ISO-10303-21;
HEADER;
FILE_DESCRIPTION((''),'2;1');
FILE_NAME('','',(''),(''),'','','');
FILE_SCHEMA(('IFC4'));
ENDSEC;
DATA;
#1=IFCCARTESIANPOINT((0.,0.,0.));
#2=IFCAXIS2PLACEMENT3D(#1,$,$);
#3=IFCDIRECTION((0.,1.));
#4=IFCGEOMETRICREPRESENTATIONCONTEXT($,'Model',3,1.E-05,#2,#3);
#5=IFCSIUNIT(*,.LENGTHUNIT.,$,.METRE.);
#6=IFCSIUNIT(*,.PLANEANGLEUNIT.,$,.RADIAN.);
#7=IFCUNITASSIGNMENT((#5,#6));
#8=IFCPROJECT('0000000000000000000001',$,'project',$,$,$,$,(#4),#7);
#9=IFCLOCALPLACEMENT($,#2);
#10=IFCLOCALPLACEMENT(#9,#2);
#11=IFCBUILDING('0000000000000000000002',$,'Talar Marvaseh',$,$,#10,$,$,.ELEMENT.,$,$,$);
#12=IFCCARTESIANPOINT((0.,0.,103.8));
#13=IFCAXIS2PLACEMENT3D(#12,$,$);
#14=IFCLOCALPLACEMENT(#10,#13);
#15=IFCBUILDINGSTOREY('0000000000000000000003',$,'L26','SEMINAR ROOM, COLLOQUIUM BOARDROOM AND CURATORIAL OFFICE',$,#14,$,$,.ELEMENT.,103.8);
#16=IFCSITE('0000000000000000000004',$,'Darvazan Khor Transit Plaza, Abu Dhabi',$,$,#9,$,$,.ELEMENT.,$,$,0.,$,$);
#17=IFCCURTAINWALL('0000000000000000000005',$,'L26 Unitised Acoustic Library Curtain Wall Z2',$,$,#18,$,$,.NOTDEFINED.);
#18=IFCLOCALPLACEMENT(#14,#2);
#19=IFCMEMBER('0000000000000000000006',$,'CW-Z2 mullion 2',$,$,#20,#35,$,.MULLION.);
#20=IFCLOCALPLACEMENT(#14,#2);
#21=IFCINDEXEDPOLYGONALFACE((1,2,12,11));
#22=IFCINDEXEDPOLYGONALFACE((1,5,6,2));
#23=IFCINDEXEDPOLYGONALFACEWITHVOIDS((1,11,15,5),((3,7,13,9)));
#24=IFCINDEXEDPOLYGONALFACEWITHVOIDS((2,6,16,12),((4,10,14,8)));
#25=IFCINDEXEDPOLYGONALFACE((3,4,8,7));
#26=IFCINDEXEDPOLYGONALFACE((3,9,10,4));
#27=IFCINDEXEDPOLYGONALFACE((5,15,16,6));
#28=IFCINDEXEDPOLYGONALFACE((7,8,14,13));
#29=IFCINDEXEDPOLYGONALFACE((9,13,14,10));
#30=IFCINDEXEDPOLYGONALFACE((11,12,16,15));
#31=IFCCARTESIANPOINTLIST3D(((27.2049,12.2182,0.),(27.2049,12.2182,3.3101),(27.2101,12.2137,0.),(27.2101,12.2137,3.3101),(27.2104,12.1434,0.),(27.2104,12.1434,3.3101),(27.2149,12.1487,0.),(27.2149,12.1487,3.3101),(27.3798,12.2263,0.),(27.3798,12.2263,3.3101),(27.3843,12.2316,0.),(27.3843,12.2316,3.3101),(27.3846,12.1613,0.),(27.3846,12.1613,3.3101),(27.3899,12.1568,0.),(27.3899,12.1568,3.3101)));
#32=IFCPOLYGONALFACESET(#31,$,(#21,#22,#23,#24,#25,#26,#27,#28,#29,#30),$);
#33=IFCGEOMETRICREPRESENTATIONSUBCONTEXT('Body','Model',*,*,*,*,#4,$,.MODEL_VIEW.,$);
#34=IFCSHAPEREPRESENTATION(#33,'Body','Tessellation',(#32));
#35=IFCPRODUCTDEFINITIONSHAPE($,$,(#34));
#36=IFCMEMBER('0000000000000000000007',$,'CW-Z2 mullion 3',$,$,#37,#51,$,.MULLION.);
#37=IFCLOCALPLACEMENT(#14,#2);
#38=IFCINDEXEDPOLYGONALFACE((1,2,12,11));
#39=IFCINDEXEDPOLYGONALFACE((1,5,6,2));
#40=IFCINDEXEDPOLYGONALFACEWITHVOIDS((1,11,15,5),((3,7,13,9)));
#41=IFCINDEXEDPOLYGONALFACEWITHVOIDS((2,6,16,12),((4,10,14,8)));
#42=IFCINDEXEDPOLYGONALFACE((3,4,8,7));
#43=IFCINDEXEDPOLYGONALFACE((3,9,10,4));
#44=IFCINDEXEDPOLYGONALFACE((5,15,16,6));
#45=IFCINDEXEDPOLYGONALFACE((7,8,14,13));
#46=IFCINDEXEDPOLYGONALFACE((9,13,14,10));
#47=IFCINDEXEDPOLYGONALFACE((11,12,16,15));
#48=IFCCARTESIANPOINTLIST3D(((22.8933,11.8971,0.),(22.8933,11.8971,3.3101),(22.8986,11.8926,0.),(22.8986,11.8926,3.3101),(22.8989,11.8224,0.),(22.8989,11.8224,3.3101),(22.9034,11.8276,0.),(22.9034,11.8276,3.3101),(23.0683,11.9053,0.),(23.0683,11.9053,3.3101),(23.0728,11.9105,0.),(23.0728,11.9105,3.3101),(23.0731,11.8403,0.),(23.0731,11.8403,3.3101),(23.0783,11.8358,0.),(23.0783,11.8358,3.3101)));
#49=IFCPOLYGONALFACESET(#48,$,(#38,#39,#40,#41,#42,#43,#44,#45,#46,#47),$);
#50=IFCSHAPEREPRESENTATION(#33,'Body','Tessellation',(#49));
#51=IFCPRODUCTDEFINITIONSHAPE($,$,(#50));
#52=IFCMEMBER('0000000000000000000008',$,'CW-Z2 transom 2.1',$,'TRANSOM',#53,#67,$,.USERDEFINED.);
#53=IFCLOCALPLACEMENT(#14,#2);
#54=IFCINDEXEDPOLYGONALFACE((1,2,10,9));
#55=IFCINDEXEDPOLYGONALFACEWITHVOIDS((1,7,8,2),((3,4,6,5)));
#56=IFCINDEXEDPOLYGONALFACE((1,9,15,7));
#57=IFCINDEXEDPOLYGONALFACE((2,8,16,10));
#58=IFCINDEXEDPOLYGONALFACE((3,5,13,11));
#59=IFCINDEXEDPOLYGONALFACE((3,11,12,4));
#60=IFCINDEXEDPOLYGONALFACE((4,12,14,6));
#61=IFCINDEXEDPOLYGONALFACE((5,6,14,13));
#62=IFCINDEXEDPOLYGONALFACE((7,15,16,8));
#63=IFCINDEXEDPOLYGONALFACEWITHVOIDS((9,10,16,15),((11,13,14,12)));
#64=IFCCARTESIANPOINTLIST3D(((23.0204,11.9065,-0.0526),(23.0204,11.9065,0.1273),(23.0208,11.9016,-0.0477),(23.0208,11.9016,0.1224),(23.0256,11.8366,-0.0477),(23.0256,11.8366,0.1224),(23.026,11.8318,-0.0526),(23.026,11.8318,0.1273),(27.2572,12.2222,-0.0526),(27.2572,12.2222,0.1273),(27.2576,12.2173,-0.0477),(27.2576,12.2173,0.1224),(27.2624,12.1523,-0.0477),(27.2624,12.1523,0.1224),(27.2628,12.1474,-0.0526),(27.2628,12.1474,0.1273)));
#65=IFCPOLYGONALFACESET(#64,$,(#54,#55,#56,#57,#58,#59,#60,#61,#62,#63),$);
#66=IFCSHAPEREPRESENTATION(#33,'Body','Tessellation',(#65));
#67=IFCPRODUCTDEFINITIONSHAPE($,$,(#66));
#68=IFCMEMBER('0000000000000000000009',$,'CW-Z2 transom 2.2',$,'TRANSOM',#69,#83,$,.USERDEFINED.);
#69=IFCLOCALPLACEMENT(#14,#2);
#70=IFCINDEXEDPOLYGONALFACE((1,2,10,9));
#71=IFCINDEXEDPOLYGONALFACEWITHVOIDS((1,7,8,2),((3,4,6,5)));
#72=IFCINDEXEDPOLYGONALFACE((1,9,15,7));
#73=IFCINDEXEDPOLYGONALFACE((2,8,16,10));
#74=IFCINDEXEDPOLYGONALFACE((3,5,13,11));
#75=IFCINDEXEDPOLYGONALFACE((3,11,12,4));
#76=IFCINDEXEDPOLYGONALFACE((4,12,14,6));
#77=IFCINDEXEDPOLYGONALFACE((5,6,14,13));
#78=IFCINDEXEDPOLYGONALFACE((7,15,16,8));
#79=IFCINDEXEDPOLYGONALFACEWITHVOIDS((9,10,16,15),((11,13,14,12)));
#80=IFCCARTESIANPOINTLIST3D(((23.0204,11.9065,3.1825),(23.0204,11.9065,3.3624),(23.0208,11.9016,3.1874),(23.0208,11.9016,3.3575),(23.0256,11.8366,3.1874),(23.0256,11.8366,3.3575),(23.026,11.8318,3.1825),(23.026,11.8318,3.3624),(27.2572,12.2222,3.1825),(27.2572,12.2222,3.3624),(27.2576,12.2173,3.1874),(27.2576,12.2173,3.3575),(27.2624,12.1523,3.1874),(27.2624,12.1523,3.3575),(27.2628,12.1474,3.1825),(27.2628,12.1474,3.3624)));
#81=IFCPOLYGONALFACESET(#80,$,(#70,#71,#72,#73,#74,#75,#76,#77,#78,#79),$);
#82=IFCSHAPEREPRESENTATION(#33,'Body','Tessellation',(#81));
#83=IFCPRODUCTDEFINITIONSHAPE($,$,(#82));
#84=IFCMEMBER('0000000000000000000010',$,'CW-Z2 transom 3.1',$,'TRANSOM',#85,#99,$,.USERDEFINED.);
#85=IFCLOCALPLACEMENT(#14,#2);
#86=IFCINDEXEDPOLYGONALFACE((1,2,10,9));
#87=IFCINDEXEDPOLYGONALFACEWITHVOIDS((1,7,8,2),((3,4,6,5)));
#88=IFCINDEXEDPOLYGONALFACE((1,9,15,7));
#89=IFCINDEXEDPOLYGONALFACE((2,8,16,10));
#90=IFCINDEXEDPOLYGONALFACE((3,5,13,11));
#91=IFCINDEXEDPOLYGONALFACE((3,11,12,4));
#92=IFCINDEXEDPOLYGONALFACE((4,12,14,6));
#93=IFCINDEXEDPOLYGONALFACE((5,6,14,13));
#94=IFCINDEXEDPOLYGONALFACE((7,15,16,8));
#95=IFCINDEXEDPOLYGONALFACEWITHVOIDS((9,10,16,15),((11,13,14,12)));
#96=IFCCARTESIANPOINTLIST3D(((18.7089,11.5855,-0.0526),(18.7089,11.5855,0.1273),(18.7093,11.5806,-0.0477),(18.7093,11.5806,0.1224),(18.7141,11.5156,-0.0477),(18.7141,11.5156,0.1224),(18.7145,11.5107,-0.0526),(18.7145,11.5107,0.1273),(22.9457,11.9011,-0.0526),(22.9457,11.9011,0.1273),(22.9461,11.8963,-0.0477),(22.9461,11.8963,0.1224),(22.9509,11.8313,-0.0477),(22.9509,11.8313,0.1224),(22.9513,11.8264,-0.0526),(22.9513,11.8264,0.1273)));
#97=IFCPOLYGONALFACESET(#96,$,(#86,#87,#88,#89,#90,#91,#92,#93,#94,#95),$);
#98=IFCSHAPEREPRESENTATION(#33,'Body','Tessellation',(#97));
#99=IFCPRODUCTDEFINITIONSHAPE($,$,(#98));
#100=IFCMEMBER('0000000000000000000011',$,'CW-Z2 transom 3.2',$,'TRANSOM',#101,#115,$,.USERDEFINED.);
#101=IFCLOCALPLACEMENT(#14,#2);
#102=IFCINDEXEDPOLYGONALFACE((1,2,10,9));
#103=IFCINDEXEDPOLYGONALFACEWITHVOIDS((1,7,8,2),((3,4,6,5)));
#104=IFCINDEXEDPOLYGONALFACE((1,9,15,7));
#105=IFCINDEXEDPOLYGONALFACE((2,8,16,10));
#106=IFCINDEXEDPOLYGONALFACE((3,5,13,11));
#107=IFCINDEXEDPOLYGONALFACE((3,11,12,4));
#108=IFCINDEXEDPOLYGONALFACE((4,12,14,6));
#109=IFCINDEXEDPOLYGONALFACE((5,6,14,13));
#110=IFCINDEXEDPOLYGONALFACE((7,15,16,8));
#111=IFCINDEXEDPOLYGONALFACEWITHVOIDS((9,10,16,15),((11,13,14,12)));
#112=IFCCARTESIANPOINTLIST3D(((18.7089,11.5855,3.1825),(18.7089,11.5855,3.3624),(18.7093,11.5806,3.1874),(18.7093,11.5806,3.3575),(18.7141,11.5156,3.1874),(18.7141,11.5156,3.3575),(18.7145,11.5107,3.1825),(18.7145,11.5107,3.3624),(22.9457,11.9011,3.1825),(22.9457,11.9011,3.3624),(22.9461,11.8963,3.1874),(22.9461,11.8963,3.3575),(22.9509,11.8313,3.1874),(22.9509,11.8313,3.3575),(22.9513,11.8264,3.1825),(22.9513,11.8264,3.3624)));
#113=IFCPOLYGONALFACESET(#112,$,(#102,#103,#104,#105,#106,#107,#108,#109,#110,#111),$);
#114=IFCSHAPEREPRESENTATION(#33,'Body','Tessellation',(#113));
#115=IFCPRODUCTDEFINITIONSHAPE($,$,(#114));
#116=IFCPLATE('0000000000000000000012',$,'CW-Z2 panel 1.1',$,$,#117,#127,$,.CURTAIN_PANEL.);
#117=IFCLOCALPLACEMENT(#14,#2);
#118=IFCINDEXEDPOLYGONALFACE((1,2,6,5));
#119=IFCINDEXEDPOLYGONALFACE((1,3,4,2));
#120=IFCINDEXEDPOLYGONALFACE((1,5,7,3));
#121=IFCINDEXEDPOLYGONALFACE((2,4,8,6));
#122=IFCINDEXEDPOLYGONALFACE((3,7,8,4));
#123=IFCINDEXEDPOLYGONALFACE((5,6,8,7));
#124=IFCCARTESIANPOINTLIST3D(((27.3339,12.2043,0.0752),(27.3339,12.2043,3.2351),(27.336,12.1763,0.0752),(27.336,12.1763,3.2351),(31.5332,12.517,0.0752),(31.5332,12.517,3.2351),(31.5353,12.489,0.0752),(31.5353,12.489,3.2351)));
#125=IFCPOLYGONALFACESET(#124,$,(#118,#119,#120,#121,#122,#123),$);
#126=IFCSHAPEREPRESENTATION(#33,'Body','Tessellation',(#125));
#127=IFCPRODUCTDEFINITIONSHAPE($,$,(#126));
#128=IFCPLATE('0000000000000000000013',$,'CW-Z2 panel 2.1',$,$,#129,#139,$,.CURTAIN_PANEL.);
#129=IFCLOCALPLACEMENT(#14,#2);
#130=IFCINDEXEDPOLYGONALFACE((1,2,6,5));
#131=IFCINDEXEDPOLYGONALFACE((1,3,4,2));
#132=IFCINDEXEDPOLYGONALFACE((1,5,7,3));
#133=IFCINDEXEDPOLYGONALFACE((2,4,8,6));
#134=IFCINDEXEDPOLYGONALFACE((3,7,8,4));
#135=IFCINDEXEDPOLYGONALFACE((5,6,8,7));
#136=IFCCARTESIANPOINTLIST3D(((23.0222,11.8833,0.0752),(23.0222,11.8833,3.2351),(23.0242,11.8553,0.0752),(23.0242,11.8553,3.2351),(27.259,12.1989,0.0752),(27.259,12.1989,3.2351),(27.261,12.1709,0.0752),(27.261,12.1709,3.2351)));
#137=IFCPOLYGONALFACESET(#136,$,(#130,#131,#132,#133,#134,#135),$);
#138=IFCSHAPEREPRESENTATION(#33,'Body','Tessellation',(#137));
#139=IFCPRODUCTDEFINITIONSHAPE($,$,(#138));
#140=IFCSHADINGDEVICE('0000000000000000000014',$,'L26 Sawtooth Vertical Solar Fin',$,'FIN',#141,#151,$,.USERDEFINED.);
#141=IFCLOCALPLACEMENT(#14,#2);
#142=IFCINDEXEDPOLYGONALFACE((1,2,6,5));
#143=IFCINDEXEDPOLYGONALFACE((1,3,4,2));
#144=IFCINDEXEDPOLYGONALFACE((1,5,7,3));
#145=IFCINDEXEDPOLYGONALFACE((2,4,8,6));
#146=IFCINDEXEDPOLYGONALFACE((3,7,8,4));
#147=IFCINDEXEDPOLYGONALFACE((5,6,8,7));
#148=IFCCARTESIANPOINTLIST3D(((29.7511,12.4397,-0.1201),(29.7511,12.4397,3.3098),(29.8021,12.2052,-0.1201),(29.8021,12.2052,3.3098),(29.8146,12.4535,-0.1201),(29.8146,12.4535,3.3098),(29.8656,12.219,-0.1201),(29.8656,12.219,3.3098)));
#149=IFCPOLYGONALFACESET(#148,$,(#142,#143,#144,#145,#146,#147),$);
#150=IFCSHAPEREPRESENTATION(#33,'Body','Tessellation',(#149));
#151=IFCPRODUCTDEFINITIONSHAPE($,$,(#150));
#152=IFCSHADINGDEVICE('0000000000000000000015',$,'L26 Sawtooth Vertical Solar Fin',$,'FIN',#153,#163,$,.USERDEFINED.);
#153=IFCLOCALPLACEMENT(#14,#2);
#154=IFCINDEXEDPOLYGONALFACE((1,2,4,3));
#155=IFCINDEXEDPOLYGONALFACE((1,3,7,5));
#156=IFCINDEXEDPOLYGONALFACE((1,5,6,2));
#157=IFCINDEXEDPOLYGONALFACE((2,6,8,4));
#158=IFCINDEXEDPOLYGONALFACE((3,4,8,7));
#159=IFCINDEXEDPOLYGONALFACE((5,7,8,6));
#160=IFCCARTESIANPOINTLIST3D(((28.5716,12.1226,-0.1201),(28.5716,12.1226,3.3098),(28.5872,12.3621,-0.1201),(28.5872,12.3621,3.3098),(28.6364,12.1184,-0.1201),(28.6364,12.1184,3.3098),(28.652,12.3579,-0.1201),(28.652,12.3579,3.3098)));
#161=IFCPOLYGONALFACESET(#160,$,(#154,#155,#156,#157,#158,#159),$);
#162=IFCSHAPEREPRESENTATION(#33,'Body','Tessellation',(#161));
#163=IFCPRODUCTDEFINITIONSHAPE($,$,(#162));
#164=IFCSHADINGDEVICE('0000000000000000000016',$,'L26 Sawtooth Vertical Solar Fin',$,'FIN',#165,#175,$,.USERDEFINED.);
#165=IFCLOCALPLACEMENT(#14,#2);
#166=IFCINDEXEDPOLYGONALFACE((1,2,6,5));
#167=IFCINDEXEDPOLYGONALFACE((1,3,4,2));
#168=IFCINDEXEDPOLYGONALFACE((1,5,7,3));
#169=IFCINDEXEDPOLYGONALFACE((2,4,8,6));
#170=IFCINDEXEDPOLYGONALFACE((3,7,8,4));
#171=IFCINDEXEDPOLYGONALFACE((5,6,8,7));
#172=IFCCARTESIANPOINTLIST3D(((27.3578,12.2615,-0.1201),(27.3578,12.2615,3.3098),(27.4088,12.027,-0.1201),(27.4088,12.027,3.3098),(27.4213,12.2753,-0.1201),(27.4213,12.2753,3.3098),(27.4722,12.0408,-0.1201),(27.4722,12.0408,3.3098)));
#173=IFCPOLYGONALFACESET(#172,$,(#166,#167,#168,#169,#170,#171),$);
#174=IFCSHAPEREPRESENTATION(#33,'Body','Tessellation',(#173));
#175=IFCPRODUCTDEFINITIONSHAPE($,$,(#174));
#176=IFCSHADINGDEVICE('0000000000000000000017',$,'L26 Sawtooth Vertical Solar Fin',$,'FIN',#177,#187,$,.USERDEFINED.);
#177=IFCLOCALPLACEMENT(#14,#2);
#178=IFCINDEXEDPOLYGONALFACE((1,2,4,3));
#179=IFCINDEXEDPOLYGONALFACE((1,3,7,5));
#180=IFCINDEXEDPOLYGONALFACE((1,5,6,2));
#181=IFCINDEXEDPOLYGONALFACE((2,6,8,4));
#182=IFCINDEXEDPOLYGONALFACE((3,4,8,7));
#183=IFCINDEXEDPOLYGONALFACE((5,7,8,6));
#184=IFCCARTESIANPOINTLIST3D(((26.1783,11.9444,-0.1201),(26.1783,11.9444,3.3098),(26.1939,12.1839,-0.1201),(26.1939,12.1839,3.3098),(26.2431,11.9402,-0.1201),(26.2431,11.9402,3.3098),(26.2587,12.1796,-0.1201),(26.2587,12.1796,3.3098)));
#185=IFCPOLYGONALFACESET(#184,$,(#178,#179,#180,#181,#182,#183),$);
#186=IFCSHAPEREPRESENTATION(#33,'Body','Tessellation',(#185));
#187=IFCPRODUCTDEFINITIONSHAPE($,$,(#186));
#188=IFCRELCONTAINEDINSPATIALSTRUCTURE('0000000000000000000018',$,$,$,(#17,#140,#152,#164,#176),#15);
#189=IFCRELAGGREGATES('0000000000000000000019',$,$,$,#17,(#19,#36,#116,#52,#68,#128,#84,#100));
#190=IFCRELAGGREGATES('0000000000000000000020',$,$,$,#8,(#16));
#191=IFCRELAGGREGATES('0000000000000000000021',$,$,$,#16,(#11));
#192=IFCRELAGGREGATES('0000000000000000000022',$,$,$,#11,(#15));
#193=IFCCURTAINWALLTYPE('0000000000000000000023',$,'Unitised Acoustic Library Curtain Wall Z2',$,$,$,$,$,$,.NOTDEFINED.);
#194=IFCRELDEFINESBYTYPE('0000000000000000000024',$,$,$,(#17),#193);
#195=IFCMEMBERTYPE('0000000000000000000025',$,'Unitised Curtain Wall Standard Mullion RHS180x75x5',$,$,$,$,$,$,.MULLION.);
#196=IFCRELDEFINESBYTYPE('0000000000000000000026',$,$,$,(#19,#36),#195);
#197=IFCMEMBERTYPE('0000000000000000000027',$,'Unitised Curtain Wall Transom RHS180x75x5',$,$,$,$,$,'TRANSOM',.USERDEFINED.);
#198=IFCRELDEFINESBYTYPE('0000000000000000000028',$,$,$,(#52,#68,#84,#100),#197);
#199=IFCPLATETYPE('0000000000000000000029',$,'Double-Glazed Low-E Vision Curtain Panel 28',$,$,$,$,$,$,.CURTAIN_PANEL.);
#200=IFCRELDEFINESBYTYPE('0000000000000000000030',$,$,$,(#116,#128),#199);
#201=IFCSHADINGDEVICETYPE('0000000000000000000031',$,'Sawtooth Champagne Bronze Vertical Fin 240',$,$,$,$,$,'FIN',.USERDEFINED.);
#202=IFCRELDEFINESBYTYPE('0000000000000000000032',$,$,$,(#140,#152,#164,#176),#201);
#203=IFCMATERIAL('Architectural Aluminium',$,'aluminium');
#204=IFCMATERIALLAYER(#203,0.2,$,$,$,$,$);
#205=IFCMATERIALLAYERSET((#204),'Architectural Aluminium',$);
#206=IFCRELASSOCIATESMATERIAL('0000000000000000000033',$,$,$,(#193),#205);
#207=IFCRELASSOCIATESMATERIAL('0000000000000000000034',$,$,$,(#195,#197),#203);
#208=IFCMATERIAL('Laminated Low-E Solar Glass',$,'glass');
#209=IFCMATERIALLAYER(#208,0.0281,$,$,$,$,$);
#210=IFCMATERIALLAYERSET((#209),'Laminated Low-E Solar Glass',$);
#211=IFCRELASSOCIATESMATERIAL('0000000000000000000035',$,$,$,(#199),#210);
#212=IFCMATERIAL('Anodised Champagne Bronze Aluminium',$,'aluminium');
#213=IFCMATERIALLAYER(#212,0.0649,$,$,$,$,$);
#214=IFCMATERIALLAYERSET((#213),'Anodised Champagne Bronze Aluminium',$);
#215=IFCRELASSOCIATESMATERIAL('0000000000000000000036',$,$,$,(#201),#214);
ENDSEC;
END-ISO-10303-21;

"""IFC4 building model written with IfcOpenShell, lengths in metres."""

from ifc_helpers import new_model, si_unit, direction, frame, origin, origin_2d, place, context, subcontext, project, spatial, rectangle, hollow_rectangle, extrude, source, transform, mapped, material, layer, layer_set, material_profile, profile_set, type_object, type_shapes, element, aggregate, save


model = new_model("IFC4")

# Units and contexts
model_context = context("Model", 3, precision=1e-05, world=origin(), true_north=direction((0.0, 1.0)))
body_context = subcontext(model_context, "Body", "Model", "MODEL_VIEW")
ifc_project = project(units=[si_unit("LENGTHUNIT", "METRE"), si_unit("PLANEANGLEUNIT", "RADIAN")], contexts=[model_context])

# Site, building, storey
site_placement = place(None, origin())
site = spatial("IfcSite", under=ifc_project, at=site_placement, Name="Darvazan Khor Transit Plaza, Abu Dhabi", CompositionType="ELEMENT", RefElevation=0.0)
building_placement = place(site_placement, origin())
building = spatial("IfcBuilding", under=site, at=building_placement, Name="Talar Marvaseh", CompositionType="ELEMENT")
storey_placement = place(building_placement, frame((0.0, 0.0, 103.8)))
storey = spatial("IfcBuildingStorey", under=building, at=storey_placement, Name="L26", Description="SEMINAR ROOM, COLLOQUIUM BOARDROOM AND CURATORIAL OFFICE", CompositionType="ELEMENT", Elevation=103.8)

# Curtain wall, members, plates
ifc_material_1 = material(Name="Architectural Aluminium", Category="aluminium")
ifc_layer_1 = layer(ifc_material_1, 0.2)
ifc_layer_set_1 = layer_set([ifc_layer_1], Name="Architectural Aluminium")
curtain_wall_type = type_object("IfcCurtainWallType", Name="Unitised Acoustic Library Curtain Wall Z2", PredefinedType="NOTDEFINED", material=ifc_layer_set_1)
curtain_wall_placement = place(storey_placement, origin())
curtain_wall = element("IfcCurtainWall", 1, at=curtain_wall_placement, inside=storey, type_object=curtain_wall_type, Name="L26 Unitised Acoustic Library Curtain Wall Z2", PredefinedType="NOTDEFINED")
ifc_material_profile_1 = material_profile(ifc_material_1, hollow_rectangle(XDim=0.075, YDim=0.1799, WallThickness=0.0049, at=origin_2d()), Name="RHS180x75x5")
ifc_profile_set_1 = profile_set([ifc_material_profile_1], Name="Architectural Aluminium")
member_type_1 = type_object("IfcMemberType", Name="Unitised Curtain Wall Standard Mullion RHS180x75x5", PredefinedType="MULLION", material=ifc_profile_set_1)
shared_shape_1 = source(origin(), body_context, "Body", "SweptSolid", [
    extrude(hollow_rectangle(XDim=0.075, YDim=0.1799, WallThickness=0.0049, at=origin_2d()), origin(), (0.0, 0.0, 1.0), 3.3101),
])
type_shapes(member_type_1, [shared_shape_1])
member_1_placement = place(storey_placement, frame((27.2974, 12.1875, 0.0), z_axis=(0.0, 0.0, 1.0), x_axis=(0.074263, -0.997239, 0.0)))
member_1 = element("IfcMember", 2, at=member_1_placement, type_object=member_type_1, Name="CW-Z2 mullion 2", PredefinedType="MULLION", context=body_context, shape_type="MappedRepresentation", body=[
    mapped(shared_shape_1, transform((0.0, 0.0, 0.0), x_axis=(1.0, 0.0, 0.0), y_axis=(0.0, 1.0, 0.0), z_axis=(0.0, 0.0, 1.0), scale=1.0)),
])
member_2_placement = place(storey_placement, frame((22.9858, 11.8665, 0.0), z_axis=(0.0, 0.0, 1.0), x_axis=(0.074263, -0.997239, 0.0)))
member_2 = element("IfcMember", 3, at=member_2_placement, type_object=member_type_1, Name="CW-Z2 mullion 3", PredefinedType="MULLION", context=body_context, shape_type="MappedRepresentation", body=[
    mapped(shared_shape_1, transform((0.0, 0.0, 0.0), x_axis=(1.0, 0.0, 0.0), y_axis=(0.0, 1.0, 0.0), z_axis=(0.0, 0.0, 1.0), scale=1.0)),
])
ifc_material_profile_2 = material_profile(ifc_material_1, hollow_rectangle(XDim=0.075, YDim=0.1799, WallThickness=0.0049, at=origin_2d()), Name="RHS180x75x5")
ifc_profile_set_2 = profile_set([ifc_material_profile_2], Name="Architectural Aluminium")
member_type_2 = type_object("IfcMemberType", Name="Unitised Curtain Wall Transom RHS180x75x5", ElementType="TRANSOM", PredefinedType="USERDEFINED", material=ifc_profile_set_2)
shared_shape_2 = source(origin(), body_context, "Body", "SweptSolid", [
    extrude(hollow_rectangle(XDim=0.075, YDim=0.1799, WallThickness=0.0049, at=origin_2d()), origin(), (0.0, 0.0, 1.0), 4.2485),
])
type_shapes(member_type_2, [shared_shape_2])
member_3_placement = place(storey_placement, frame((27.26, 12.1848, 0.0374), z_axis=(-0.997236, -0.074301, 0.0), x_axis=(0.074301, -0.997236, 0.0)))
member_3 = element("IfcMember", 4, at=member_3_placement, type_object=member_type_2, Name="CW-Z2 transom 2.1", ObjectType="TRANSOM", PredefinedType="USERDEFINED", context=body_context, shape_type="MappedRepresentation", body=[
    mapped(shared_shape_2, transform((0.0, 0.0, 0.0), x_axis=(1.0, 0.0, 0.0), y_axis=(0.0, 1.0, 0.0), z_axis=(0.0, 0.0, 1.0), scale=1.0)),
])
member_4_placement = place(storey_placement, frame((27.26, 12.1848, 3.2725), z_axis=(-0.997236, -0.074301, 0.0), x_axis=(0.074301, -0.997236, 0.0)))
member_4 = element("IfcMember", 5, at=member_4_placement, type_object=member_type_2, Name="CW-Z2 transom 2.2", ObjectType="TRANSOM", PredefinedType="USERDEFINED", context=body_context, shape_type="MappedRepresentation", body=[
    mapped(shared_shape_2, transform((0.0, 0.0, 0.0), x_axis=(1.0, 0.0, 0.0), y_axis=(0.0, 1.0, 0.0), z_axis=(0.0, 0.0, 1.0), scale=1.0)),
])
member_5_placement = place(storey_placement, frame((22.9485, 11.8638, 0.0374), z_axis=(-0.997236, -0.074301, 0.0), x_axis=(0.074301, -0.997236, 0.0)))
member_5 = element("IfcMember", 6, at=member_5_placement, type_object=member_type_2, Name="CW-Z2 transom 3.1", ObjectType="TRANSOM", PredefinedType="USERDEFINED", context=body_context, shape_type="MappedRepresentation", body=[
    mapped(shared_shape_2, transform((0.0, 0.0, 0.0), x_axis=(1.0, 0.0, 0.0), y_axis=(0.0, 1.0, 0.0), z_axis=(0.0, 0.0, 1.0), scale=1.0)),
])
member_6_placement = place(storey_placement, frame((22.9485, 11.8638, 3.2725), z_axis=(-0.997236, -0.074301, 0.0), x_axis=(0.074301, -0.997236, 0.0)))
member_6 = element("IfcMember", 7, at=member_6_placement, type_object=member_type_2, Name="CW-Z2 transom 3.2", ObjectType="TRANSOM", PredefinedType="USERDEFINED", context=body_context, shape_type="MappedRepresentation", body=[
    mapped(shared_shape_2, transform((0.0, 0.0, 0.0), x_axis=(1.0, 0.0, 0.0), y_axis=(0.0, 1.0, 0.0), z_axis=(0.0, 0.0, 1.0), scale=1.0)),
])
ifc_material_2 = material(Name="Laminated Low-E Solar Glass", Category="glass")
ifc_layer_2 = layer(ifc_material_2, 0.0281)
ifc_layer_set_2 = layer_set([ifc_layer_2], Name="Laminated Low-E Solar Glass")
plate_type = type_object("IfcPlateType", Name="Double-Glazed Low-E Vision Curtain Panel 28", PredefinedType="CURTAIN_PANEL", material=ifc_layer_set_2)
shared_shape_3 = source(origin(), body_context, "Body", "SweptSolid", [
    extrude(rectangle(XDim=4.2109, YDim=0.0281, at=origin_2d()), origin(), (0.0, 0.0, 1.0), 3.1599),
])
plate_1_placement = place(storey_placement, frame((29.4346, 12.3467, 0.0752), z_axis=(0.0, 0.0, 1.0), x_axis=(-0.997239, -0.074263, 0.0)))
plate_1 = element("IfcPlate", 8, at=plate_1_placement, type_object=plate_type, Name="CW-Z2 panel 1.1", PredefinedType="CURTAIN_PANEL", context=body_context, shape_type="MappedRepresentation", body=[
    mapped(shared_shape_3, transform((0.0, 0.0, 0.0), x_axis=(1.0, 0.0, 0.0), y_axis=(0.0, 1.0, 0.0), z_axis=(0.0, 0.0, 1.0), scale=1.0)),
])
shared_shape_4 = source(origin(), body_context, "Body", "SweptSolid", [
    extrude(rectangle(XDim=4.2485, YDim=0.0281, at=origin_2d()), origin(), (0.0, 0.0, 1.0), 3.1599),
])
type_shapes(plate_type, [shared_shape_3, shared_shape_4])
plate_2_placement = place(storey_placement, frame((25.1416, 12.0271, 0.0752), z_axis=(0.0, 0.0, 1.0), x_axis=(-0.997239, -0.074263, 0.0)))
plate_2 = element("IfcPlate", 9, at=plate_2_placement, type_object=plate_type, Name="CW-Z2 panel 2.1", PredefinedType="CURTAIN_PANEL", context=body_context, shape_type="MappedRepresentation", body=[
    mapped(shared_shape_4, transform((0.0, 0.0, 0.0), x_axis=(1.0, 0.0, 0.0), y_axis=(0.0, 1.0, 0.0), z_axis=(0.0, 0.0, 1.0), scale=1.0)),
])
aggregate(curtain_wall, [member_1, member_2, plate_1, member_3, member_4, plate_2, member_5, member_6])

# Shading devices
ifc_material_3 = material(Name="Anodised Champagne Bronze Aluminium", Category="aluminium")
ifc_layer_3 = layer(ifc_material_3, 0.0649)
ifc_layer_set_3 = layer_set([ifc_layer_3], Name="Anodised Champagne Bronze Aluminium")
shading_device_type = type_object("IfcShadingDeviceType", Name="Sawtooth Champagne Bronze Vertical Fin 240", ElementType="FIN", PredefinedType="USERDEFINED", material=ifc_layer_set_3)
shared_shape_5 = source(origin(), body_context, "Body", "SweptSolid", [
    extrude(rectangle(XDim=0.24, YDim=0.0649, at=origin_2d()), origin(), (0.0, 0.0, 1.0), 3.4299),
])
type_shapes(shading_device_type, [shared_shape_5])
for number, where, z_axis, x_axis, name in (
    (10, (29.8083, 12.3293, -0.1201), (0.0, 0.0, 1.0), (0.212348, -0.977194, 0.0), "L26 Sawtooth Vertical Solar Fin"),
    (11, (28.6118, 12.2402, -0.1201), (0.0, 0.0, 1.0), (-0.065229, -0.99787, 0.0), "L26 Sawtooth Vertical Solar Fin"),
    (12, (27.415, 12.1511, -0.1201), (0.0, 0.0, 1.0), (0.212348, -0.977194, 0.0), "L26 Sawtooth Vertical Solar Fin"),
    (13, (26.2185, 12.062, -0.1201), (0.0, 0.0, 1.0), (-0.065229, -0.99787, 0.0), "L26 Sawtooth Vertical Solar Fin"),
):
    element("IfcShadingDevice", number, at=place(storey_placement, frame(where, z_axis=z_axis, x_axis=x_axis)), inside=storey, type_object=shading_device_type, Name=name, ObjectType="FIN", PredefinedType="USERDEFINED", context=body_context, shape_type="MappedRepresentation", body=[
        mapped(shared_shape_5, transform((0.0, 0.0, 0.0), x_axis=(1.0, 0.0, 0.0), y_axis=(0.0, 1.0, 0.0), z_axis=(0.0, 0.0, 1.0), scale=1.0)),
    ])

save(model, "model.ifc")
